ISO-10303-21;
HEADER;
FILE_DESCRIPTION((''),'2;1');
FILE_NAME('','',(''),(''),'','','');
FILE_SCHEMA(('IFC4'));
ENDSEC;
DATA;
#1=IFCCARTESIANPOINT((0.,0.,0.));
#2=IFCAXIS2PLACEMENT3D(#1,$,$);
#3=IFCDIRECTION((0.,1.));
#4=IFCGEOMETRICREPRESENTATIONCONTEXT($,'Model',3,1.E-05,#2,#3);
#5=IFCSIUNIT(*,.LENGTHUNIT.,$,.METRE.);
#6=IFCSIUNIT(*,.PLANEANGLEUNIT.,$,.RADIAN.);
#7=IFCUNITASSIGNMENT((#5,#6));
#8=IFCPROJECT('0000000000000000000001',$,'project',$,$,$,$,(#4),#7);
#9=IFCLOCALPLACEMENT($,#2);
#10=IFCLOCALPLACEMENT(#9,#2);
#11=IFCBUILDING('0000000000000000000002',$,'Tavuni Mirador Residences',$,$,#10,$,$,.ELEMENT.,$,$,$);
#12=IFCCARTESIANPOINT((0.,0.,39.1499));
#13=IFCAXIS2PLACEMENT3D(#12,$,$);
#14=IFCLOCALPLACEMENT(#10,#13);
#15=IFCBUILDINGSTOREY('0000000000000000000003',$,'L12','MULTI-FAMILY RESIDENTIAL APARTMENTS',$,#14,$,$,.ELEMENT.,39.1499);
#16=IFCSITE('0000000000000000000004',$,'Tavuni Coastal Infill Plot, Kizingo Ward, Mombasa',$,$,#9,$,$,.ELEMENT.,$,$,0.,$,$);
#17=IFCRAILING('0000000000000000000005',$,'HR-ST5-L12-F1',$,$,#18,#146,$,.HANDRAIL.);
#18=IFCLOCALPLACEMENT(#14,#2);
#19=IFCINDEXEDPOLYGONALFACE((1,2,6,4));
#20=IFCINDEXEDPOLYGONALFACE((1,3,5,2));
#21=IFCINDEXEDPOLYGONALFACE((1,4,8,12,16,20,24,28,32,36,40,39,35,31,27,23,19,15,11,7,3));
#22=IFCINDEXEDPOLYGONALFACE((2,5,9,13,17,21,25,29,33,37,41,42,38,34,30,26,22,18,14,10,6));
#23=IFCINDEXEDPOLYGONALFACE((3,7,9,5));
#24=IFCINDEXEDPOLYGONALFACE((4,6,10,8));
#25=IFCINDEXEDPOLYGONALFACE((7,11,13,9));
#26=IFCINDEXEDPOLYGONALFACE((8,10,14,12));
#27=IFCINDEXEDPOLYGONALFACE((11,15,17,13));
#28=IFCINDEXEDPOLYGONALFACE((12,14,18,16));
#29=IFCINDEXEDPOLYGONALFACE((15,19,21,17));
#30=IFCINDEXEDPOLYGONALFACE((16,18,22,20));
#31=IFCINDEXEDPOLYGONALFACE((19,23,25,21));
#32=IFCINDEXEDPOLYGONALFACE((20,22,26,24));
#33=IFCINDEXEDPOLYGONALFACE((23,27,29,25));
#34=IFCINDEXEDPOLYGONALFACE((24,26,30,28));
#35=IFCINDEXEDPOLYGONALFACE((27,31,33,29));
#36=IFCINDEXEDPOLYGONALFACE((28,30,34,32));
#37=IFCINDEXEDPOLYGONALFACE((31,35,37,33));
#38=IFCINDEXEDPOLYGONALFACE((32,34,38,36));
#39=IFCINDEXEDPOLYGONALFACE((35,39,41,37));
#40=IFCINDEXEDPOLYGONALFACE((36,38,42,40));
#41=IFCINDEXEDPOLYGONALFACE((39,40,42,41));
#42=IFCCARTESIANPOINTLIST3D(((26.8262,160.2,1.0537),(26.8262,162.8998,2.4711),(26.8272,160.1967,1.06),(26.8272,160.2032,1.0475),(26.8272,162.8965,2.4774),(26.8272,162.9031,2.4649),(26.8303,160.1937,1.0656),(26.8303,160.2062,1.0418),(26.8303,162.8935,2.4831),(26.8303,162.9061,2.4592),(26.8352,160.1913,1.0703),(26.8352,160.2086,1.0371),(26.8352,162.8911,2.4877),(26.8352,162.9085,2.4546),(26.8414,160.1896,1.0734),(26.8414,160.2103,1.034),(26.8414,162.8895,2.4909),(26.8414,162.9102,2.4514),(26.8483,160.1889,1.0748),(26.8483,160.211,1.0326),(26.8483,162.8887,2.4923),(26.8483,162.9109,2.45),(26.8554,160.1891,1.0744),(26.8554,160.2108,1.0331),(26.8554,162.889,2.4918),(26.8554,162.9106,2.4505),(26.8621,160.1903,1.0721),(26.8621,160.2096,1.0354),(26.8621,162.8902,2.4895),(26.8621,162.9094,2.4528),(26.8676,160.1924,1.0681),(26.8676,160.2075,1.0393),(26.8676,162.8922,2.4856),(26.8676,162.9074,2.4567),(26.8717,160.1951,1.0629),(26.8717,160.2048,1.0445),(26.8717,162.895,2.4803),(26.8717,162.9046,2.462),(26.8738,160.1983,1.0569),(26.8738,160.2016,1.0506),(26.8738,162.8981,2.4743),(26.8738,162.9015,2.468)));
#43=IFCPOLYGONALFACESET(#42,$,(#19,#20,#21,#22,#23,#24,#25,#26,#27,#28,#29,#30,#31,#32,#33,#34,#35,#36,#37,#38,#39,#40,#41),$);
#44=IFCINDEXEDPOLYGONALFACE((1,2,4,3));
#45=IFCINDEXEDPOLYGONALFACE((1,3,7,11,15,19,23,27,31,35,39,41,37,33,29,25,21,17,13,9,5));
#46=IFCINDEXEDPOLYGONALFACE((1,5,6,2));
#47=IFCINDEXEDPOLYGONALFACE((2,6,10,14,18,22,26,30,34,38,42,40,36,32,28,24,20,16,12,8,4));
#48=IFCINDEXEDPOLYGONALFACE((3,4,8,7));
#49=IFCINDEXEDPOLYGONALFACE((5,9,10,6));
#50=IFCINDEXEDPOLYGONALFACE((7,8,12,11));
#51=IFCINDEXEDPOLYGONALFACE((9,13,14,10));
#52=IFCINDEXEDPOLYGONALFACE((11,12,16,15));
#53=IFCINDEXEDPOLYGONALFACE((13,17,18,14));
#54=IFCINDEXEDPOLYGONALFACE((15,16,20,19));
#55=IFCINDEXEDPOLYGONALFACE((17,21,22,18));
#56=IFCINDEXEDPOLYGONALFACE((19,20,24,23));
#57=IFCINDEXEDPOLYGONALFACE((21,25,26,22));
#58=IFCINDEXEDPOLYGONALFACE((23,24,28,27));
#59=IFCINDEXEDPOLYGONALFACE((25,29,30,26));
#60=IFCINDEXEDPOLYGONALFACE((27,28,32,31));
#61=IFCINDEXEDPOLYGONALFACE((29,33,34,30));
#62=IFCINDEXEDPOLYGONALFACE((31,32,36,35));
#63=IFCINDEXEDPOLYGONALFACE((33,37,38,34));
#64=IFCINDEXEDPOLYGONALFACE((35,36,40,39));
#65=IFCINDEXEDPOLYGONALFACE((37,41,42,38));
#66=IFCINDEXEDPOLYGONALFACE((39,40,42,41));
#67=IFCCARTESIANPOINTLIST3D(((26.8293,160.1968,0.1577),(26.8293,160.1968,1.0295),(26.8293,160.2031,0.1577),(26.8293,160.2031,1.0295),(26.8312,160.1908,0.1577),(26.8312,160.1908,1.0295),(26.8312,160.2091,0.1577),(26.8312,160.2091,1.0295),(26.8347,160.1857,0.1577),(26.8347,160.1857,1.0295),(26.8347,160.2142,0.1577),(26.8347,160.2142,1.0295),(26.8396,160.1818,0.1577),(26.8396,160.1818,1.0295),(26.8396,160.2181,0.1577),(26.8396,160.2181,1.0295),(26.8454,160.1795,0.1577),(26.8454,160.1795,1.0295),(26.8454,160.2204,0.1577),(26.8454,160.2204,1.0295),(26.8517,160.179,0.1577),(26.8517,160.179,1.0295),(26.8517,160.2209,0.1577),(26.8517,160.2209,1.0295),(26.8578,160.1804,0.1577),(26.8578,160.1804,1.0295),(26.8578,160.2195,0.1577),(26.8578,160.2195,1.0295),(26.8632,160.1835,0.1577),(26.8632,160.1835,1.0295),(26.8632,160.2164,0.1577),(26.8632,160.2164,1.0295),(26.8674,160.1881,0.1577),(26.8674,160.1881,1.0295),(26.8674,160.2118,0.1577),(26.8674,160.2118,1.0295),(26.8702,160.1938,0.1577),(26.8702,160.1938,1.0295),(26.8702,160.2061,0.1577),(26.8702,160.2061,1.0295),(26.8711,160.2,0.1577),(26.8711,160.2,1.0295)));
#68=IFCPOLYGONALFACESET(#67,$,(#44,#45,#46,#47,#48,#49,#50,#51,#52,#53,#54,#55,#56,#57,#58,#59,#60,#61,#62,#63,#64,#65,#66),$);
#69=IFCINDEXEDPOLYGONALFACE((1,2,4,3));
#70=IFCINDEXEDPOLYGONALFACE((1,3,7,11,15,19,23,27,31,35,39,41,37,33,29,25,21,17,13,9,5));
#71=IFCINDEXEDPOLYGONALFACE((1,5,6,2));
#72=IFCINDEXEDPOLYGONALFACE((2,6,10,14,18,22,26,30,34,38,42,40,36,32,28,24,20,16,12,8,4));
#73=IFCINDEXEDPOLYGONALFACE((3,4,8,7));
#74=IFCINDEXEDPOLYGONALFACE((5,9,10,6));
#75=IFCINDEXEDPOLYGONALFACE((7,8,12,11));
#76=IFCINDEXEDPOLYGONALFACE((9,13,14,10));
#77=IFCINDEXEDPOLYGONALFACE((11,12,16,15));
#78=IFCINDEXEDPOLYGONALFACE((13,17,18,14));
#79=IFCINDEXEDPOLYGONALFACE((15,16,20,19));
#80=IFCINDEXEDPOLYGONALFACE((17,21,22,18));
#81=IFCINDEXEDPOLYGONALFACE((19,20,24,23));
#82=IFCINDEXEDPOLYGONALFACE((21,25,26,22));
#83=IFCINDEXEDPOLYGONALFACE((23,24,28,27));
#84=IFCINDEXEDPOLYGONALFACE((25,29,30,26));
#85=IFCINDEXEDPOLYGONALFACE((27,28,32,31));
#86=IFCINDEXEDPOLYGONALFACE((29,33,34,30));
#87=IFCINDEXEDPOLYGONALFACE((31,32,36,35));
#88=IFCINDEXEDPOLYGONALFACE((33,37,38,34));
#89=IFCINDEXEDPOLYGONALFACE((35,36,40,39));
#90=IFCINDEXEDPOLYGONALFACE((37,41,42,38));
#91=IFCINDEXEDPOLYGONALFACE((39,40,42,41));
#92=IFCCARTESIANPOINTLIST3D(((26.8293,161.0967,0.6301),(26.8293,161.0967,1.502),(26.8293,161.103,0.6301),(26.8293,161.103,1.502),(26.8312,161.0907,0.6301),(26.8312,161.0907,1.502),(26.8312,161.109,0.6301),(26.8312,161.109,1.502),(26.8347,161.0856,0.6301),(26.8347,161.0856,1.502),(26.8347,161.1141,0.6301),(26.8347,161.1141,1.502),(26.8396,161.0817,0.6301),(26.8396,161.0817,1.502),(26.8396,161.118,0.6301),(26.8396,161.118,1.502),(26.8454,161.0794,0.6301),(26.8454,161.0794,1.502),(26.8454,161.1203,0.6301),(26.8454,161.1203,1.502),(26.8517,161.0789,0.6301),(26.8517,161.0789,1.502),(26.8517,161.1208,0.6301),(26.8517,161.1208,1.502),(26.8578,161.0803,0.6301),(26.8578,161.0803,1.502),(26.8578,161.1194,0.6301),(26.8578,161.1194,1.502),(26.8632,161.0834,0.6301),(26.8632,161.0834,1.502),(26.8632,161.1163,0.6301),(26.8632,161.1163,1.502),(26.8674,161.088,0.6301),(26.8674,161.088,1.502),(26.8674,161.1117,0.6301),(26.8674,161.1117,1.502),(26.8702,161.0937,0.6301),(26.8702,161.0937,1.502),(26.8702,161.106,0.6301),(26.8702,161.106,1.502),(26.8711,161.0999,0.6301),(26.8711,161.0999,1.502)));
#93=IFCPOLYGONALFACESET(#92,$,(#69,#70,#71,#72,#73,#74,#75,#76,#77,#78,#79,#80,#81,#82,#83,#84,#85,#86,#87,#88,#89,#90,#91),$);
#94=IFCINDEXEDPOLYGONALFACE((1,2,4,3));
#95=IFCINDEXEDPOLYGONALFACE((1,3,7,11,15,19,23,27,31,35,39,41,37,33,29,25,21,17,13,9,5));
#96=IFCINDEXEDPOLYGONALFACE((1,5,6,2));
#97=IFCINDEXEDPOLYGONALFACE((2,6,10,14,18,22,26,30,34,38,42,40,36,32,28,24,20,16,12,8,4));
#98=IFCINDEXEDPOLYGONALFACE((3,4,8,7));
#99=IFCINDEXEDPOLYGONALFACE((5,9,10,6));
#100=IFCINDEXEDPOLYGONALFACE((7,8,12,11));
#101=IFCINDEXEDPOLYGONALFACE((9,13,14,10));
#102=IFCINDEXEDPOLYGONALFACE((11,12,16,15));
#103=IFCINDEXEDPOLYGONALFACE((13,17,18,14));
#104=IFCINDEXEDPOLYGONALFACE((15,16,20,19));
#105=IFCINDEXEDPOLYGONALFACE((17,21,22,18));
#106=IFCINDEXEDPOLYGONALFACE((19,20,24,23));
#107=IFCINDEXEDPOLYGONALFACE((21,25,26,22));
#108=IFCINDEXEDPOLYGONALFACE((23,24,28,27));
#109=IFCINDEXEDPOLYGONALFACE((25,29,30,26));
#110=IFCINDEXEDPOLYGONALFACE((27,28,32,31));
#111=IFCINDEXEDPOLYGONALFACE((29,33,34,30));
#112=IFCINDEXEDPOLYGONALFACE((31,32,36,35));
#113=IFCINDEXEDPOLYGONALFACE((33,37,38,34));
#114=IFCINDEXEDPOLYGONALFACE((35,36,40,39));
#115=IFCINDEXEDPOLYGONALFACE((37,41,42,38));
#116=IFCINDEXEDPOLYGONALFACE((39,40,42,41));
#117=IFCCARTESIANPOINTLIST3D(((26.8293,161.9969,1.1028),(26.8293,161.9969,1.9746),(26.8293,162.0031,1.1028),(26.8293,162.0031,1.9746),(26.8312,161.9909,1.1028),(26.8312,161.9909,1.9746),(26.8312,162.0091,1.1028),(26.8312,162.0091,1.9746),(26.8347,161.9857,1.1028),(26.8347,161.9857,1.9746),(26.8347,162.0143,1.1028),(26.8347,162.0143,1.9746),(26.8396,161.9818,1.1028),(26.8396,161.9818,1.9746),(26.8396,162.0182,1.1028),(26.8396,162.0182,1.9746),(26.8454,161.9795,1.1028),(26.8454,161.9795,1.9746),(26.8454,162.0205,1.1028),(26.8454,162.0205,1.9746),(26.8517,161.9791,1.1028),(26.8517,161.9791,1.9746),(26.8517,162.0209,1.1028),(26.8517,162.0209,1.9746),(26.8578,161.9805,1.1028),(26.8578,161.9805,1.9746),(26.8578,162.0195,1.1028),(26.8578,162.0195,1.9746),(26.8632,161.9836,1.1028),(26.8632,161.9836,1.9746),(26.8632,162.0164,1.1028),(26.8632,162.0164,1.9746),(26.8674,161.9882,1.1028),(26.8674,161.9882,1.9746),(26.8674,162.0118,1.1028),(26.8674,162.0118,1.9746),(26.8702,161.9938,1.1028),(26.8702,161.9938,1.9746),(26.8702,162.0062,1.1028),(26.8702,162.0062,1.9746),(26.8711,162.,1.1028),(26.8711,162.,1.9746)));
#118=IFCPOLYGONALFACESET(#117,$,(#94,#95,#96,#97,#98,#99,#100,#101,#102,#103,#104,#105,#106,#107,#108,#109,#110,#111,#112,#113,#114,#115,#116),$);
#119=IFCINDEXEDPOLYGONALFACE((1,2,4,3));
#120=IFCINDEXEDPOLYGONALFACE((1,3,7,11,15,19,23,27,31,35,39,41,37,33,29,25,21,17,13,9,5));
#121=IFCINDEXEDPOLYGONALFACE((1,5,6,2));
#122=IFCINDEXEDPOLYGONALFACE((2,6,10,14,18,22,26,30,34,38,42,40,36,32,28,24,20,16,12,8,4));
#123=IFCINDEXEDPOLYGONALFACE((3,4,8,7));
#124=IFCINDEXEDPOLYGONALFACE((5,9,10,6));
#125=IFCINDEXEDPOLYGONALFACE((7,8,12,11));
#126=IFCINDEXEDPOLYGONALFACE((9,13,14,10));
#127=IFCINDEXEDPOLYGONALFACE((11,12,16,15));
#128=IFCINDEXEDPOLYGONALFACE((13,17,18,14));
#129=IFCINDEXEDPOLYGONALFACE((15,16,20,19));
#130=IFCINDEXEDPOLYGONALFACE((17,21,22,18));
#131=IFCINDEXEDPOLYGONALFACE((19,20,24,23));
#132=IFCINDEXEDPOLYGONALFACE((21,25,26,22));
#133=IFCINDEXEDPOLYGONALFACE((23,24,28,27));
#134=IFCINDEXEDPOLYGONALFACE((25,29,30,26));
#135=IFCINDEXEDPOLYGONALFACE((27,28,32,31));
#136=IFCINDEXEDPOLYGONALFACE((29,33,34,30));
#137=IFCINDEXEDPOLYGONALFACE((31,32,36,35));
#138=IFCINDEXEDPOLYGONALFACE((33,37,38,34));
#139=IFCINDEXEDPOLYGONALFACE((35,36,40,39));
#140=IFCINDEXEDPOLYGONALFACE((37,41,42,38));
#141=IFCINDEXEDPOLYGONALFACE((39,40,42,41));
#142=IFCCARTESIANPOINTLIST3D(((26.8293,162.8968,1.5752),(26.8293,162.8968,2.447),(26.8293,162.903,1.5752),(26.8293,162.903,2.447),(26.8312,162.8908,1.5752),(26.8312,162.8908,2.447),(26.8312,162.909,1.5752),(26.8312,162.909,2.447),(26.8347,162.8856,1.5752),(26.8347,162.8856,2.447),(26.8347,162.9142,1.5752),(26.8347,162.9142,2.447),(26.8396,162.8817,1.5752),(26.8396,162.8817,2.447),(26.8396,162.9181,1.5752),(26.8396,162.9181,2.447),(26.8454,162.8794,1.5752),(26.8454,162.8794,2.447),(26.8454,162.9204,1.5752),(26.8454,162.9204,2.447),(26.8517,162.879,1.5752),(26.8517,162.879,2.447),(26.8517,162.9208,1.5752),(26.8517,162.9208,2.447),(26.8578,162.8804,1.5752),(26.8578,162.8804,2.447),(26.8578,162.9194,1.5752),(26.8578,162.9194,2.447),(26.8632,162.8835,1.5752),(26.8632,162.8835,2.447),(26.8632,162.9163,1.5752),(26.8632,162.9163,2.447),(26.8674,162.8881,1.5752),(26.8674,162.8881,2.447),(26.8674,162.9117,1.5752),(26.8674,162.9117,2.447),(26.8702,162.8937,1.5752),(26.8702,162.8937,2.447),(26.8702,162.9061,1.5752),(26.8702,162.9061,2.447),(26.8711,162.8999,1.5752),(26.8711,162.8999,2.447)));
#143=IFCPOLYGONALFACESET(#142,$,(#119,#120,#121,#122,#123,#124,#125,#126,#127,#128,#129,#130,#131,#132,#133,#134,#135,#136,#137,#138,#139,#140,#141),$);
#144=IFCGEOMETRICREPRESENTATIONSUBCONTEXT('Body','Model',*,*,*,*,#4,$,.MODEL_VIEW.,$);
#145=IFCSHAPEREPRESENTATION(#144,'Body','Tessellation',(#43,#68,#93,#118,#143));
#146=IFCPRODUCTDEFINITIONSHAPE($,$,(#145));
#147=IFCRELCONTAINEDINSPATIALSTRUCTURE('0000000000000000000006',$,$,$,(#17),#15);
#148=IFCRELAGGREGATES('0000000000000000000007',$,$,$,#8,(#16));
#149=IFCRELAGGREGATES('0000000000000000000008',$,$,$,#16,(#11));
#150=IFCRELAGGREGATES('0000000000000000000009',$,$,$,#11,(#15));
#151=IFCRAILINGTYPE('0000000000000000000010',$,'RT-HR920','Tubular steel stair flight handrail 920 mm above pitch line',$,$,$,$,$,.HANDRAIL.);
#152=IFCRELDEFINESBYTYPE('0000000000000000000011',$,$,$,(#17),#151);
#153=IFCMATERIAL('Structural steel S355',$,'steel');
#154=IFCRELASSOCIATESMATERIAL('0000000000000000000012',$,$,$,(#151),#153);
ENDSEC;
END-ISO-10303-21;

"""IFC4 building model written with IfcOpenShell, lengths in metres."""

from ifc_helpers import new_model, si_unit, direction, frame, origin, origin_2d, place, context, subcontext, project, spatial, circle, extrude, material, type_object, element, save


model = new_model("IFC4")

# Units and contexts
model_context = context("Model", 3, precision=1e-05, world=origin(), true_north=direction((0.0, 1.0)))
body_context = subcontext(model_context, "Body", "Model", "MODEL_VIEW")
ifc_project = project(units=[si_unit("LENGTHUNIT", "METRE"), si_unit("PLANEANGLEUNIT", "RADIAN")], contexts=[model_context])

# Site, building, storey
site_placement = place(None, origin())
site = spatial("IfcSite", under=ifc_project, at=site_placement, Name="Tavuni Coastal Infill Plot, Kizingo Ward, Mombasa", CompositionType="ELEMENT", RefElevation=0.0)
building_placement = place(site_placement, origin())
building = spatial("IfcBuilding", under=site, at=building_placement, Name="Tavuni Mirador Residences", CompositionType="ELEMENT")
storey_placement = place(building_placement, frame((0.0, 0.0, 39.1499)))
storey = spatial("IfcBuildingStorey", under=building, at=storey_placement, Name="L12", Description="MULTI-FAMILY RESIDENTIAL APARTMENTS", CompositionType="ELEMENT", Elevation=39.1499)

# Shared definitions
ifc_material_1 = material(Name="Structural steel S355", Category="steel")

# Railing
railing_type_1 = type_object("IfcRailingType", Name="RT-HR920", Description="Tubular steel stair flight handrail 920 mm above pitch line", PredefinedType="HANDRAIL", material=ifc_material_1)
railing_1_placement = place(storey_placement, frame((26.8501, 160.2, 0.1577)))
element("IfcRailing", 1, at=railing_1_placement, inside=storey, type_object=railing_type_1, Name="HR-ST5-L12-F1", PredefinedType="HANDRAIL", context=body_context, shape_type="SweptSolid", body=[
    extrude(circle(Radius=0.0239, at=origin_2d()), frame((0.0, 0.0, 0.896), z_axis=(0.0, 0.885397, 0.464835), x_axis=(-1.0, 0.0, 0.0)), (0.0, 0.0, 1.0), 3.0493),
    extrude(circle(Radius=0.021, at=origin_2d()), origin(), (0.0, 0.0, 1.0), 0.8718),
    extrude(circle(Radius=0.021, at=origin_2d()), frame((0.0, 0.8999, 0.4724)), (0.0, 0.0, 1.0), 0.8718),
    extrude(circle(Radius=0.021, at=origin_2d()), frame((0.0, 1.8, 0.9451)), (0.0, 0.0, 1.0), 0.8718),
    extrude(circle(Radius=0.021, at=origin_2d()), frame((0.0, 2.7, 1.4175)), (0.0, 0.0, 1.0), 0.8718),
])

save(model, "model.ifc")
